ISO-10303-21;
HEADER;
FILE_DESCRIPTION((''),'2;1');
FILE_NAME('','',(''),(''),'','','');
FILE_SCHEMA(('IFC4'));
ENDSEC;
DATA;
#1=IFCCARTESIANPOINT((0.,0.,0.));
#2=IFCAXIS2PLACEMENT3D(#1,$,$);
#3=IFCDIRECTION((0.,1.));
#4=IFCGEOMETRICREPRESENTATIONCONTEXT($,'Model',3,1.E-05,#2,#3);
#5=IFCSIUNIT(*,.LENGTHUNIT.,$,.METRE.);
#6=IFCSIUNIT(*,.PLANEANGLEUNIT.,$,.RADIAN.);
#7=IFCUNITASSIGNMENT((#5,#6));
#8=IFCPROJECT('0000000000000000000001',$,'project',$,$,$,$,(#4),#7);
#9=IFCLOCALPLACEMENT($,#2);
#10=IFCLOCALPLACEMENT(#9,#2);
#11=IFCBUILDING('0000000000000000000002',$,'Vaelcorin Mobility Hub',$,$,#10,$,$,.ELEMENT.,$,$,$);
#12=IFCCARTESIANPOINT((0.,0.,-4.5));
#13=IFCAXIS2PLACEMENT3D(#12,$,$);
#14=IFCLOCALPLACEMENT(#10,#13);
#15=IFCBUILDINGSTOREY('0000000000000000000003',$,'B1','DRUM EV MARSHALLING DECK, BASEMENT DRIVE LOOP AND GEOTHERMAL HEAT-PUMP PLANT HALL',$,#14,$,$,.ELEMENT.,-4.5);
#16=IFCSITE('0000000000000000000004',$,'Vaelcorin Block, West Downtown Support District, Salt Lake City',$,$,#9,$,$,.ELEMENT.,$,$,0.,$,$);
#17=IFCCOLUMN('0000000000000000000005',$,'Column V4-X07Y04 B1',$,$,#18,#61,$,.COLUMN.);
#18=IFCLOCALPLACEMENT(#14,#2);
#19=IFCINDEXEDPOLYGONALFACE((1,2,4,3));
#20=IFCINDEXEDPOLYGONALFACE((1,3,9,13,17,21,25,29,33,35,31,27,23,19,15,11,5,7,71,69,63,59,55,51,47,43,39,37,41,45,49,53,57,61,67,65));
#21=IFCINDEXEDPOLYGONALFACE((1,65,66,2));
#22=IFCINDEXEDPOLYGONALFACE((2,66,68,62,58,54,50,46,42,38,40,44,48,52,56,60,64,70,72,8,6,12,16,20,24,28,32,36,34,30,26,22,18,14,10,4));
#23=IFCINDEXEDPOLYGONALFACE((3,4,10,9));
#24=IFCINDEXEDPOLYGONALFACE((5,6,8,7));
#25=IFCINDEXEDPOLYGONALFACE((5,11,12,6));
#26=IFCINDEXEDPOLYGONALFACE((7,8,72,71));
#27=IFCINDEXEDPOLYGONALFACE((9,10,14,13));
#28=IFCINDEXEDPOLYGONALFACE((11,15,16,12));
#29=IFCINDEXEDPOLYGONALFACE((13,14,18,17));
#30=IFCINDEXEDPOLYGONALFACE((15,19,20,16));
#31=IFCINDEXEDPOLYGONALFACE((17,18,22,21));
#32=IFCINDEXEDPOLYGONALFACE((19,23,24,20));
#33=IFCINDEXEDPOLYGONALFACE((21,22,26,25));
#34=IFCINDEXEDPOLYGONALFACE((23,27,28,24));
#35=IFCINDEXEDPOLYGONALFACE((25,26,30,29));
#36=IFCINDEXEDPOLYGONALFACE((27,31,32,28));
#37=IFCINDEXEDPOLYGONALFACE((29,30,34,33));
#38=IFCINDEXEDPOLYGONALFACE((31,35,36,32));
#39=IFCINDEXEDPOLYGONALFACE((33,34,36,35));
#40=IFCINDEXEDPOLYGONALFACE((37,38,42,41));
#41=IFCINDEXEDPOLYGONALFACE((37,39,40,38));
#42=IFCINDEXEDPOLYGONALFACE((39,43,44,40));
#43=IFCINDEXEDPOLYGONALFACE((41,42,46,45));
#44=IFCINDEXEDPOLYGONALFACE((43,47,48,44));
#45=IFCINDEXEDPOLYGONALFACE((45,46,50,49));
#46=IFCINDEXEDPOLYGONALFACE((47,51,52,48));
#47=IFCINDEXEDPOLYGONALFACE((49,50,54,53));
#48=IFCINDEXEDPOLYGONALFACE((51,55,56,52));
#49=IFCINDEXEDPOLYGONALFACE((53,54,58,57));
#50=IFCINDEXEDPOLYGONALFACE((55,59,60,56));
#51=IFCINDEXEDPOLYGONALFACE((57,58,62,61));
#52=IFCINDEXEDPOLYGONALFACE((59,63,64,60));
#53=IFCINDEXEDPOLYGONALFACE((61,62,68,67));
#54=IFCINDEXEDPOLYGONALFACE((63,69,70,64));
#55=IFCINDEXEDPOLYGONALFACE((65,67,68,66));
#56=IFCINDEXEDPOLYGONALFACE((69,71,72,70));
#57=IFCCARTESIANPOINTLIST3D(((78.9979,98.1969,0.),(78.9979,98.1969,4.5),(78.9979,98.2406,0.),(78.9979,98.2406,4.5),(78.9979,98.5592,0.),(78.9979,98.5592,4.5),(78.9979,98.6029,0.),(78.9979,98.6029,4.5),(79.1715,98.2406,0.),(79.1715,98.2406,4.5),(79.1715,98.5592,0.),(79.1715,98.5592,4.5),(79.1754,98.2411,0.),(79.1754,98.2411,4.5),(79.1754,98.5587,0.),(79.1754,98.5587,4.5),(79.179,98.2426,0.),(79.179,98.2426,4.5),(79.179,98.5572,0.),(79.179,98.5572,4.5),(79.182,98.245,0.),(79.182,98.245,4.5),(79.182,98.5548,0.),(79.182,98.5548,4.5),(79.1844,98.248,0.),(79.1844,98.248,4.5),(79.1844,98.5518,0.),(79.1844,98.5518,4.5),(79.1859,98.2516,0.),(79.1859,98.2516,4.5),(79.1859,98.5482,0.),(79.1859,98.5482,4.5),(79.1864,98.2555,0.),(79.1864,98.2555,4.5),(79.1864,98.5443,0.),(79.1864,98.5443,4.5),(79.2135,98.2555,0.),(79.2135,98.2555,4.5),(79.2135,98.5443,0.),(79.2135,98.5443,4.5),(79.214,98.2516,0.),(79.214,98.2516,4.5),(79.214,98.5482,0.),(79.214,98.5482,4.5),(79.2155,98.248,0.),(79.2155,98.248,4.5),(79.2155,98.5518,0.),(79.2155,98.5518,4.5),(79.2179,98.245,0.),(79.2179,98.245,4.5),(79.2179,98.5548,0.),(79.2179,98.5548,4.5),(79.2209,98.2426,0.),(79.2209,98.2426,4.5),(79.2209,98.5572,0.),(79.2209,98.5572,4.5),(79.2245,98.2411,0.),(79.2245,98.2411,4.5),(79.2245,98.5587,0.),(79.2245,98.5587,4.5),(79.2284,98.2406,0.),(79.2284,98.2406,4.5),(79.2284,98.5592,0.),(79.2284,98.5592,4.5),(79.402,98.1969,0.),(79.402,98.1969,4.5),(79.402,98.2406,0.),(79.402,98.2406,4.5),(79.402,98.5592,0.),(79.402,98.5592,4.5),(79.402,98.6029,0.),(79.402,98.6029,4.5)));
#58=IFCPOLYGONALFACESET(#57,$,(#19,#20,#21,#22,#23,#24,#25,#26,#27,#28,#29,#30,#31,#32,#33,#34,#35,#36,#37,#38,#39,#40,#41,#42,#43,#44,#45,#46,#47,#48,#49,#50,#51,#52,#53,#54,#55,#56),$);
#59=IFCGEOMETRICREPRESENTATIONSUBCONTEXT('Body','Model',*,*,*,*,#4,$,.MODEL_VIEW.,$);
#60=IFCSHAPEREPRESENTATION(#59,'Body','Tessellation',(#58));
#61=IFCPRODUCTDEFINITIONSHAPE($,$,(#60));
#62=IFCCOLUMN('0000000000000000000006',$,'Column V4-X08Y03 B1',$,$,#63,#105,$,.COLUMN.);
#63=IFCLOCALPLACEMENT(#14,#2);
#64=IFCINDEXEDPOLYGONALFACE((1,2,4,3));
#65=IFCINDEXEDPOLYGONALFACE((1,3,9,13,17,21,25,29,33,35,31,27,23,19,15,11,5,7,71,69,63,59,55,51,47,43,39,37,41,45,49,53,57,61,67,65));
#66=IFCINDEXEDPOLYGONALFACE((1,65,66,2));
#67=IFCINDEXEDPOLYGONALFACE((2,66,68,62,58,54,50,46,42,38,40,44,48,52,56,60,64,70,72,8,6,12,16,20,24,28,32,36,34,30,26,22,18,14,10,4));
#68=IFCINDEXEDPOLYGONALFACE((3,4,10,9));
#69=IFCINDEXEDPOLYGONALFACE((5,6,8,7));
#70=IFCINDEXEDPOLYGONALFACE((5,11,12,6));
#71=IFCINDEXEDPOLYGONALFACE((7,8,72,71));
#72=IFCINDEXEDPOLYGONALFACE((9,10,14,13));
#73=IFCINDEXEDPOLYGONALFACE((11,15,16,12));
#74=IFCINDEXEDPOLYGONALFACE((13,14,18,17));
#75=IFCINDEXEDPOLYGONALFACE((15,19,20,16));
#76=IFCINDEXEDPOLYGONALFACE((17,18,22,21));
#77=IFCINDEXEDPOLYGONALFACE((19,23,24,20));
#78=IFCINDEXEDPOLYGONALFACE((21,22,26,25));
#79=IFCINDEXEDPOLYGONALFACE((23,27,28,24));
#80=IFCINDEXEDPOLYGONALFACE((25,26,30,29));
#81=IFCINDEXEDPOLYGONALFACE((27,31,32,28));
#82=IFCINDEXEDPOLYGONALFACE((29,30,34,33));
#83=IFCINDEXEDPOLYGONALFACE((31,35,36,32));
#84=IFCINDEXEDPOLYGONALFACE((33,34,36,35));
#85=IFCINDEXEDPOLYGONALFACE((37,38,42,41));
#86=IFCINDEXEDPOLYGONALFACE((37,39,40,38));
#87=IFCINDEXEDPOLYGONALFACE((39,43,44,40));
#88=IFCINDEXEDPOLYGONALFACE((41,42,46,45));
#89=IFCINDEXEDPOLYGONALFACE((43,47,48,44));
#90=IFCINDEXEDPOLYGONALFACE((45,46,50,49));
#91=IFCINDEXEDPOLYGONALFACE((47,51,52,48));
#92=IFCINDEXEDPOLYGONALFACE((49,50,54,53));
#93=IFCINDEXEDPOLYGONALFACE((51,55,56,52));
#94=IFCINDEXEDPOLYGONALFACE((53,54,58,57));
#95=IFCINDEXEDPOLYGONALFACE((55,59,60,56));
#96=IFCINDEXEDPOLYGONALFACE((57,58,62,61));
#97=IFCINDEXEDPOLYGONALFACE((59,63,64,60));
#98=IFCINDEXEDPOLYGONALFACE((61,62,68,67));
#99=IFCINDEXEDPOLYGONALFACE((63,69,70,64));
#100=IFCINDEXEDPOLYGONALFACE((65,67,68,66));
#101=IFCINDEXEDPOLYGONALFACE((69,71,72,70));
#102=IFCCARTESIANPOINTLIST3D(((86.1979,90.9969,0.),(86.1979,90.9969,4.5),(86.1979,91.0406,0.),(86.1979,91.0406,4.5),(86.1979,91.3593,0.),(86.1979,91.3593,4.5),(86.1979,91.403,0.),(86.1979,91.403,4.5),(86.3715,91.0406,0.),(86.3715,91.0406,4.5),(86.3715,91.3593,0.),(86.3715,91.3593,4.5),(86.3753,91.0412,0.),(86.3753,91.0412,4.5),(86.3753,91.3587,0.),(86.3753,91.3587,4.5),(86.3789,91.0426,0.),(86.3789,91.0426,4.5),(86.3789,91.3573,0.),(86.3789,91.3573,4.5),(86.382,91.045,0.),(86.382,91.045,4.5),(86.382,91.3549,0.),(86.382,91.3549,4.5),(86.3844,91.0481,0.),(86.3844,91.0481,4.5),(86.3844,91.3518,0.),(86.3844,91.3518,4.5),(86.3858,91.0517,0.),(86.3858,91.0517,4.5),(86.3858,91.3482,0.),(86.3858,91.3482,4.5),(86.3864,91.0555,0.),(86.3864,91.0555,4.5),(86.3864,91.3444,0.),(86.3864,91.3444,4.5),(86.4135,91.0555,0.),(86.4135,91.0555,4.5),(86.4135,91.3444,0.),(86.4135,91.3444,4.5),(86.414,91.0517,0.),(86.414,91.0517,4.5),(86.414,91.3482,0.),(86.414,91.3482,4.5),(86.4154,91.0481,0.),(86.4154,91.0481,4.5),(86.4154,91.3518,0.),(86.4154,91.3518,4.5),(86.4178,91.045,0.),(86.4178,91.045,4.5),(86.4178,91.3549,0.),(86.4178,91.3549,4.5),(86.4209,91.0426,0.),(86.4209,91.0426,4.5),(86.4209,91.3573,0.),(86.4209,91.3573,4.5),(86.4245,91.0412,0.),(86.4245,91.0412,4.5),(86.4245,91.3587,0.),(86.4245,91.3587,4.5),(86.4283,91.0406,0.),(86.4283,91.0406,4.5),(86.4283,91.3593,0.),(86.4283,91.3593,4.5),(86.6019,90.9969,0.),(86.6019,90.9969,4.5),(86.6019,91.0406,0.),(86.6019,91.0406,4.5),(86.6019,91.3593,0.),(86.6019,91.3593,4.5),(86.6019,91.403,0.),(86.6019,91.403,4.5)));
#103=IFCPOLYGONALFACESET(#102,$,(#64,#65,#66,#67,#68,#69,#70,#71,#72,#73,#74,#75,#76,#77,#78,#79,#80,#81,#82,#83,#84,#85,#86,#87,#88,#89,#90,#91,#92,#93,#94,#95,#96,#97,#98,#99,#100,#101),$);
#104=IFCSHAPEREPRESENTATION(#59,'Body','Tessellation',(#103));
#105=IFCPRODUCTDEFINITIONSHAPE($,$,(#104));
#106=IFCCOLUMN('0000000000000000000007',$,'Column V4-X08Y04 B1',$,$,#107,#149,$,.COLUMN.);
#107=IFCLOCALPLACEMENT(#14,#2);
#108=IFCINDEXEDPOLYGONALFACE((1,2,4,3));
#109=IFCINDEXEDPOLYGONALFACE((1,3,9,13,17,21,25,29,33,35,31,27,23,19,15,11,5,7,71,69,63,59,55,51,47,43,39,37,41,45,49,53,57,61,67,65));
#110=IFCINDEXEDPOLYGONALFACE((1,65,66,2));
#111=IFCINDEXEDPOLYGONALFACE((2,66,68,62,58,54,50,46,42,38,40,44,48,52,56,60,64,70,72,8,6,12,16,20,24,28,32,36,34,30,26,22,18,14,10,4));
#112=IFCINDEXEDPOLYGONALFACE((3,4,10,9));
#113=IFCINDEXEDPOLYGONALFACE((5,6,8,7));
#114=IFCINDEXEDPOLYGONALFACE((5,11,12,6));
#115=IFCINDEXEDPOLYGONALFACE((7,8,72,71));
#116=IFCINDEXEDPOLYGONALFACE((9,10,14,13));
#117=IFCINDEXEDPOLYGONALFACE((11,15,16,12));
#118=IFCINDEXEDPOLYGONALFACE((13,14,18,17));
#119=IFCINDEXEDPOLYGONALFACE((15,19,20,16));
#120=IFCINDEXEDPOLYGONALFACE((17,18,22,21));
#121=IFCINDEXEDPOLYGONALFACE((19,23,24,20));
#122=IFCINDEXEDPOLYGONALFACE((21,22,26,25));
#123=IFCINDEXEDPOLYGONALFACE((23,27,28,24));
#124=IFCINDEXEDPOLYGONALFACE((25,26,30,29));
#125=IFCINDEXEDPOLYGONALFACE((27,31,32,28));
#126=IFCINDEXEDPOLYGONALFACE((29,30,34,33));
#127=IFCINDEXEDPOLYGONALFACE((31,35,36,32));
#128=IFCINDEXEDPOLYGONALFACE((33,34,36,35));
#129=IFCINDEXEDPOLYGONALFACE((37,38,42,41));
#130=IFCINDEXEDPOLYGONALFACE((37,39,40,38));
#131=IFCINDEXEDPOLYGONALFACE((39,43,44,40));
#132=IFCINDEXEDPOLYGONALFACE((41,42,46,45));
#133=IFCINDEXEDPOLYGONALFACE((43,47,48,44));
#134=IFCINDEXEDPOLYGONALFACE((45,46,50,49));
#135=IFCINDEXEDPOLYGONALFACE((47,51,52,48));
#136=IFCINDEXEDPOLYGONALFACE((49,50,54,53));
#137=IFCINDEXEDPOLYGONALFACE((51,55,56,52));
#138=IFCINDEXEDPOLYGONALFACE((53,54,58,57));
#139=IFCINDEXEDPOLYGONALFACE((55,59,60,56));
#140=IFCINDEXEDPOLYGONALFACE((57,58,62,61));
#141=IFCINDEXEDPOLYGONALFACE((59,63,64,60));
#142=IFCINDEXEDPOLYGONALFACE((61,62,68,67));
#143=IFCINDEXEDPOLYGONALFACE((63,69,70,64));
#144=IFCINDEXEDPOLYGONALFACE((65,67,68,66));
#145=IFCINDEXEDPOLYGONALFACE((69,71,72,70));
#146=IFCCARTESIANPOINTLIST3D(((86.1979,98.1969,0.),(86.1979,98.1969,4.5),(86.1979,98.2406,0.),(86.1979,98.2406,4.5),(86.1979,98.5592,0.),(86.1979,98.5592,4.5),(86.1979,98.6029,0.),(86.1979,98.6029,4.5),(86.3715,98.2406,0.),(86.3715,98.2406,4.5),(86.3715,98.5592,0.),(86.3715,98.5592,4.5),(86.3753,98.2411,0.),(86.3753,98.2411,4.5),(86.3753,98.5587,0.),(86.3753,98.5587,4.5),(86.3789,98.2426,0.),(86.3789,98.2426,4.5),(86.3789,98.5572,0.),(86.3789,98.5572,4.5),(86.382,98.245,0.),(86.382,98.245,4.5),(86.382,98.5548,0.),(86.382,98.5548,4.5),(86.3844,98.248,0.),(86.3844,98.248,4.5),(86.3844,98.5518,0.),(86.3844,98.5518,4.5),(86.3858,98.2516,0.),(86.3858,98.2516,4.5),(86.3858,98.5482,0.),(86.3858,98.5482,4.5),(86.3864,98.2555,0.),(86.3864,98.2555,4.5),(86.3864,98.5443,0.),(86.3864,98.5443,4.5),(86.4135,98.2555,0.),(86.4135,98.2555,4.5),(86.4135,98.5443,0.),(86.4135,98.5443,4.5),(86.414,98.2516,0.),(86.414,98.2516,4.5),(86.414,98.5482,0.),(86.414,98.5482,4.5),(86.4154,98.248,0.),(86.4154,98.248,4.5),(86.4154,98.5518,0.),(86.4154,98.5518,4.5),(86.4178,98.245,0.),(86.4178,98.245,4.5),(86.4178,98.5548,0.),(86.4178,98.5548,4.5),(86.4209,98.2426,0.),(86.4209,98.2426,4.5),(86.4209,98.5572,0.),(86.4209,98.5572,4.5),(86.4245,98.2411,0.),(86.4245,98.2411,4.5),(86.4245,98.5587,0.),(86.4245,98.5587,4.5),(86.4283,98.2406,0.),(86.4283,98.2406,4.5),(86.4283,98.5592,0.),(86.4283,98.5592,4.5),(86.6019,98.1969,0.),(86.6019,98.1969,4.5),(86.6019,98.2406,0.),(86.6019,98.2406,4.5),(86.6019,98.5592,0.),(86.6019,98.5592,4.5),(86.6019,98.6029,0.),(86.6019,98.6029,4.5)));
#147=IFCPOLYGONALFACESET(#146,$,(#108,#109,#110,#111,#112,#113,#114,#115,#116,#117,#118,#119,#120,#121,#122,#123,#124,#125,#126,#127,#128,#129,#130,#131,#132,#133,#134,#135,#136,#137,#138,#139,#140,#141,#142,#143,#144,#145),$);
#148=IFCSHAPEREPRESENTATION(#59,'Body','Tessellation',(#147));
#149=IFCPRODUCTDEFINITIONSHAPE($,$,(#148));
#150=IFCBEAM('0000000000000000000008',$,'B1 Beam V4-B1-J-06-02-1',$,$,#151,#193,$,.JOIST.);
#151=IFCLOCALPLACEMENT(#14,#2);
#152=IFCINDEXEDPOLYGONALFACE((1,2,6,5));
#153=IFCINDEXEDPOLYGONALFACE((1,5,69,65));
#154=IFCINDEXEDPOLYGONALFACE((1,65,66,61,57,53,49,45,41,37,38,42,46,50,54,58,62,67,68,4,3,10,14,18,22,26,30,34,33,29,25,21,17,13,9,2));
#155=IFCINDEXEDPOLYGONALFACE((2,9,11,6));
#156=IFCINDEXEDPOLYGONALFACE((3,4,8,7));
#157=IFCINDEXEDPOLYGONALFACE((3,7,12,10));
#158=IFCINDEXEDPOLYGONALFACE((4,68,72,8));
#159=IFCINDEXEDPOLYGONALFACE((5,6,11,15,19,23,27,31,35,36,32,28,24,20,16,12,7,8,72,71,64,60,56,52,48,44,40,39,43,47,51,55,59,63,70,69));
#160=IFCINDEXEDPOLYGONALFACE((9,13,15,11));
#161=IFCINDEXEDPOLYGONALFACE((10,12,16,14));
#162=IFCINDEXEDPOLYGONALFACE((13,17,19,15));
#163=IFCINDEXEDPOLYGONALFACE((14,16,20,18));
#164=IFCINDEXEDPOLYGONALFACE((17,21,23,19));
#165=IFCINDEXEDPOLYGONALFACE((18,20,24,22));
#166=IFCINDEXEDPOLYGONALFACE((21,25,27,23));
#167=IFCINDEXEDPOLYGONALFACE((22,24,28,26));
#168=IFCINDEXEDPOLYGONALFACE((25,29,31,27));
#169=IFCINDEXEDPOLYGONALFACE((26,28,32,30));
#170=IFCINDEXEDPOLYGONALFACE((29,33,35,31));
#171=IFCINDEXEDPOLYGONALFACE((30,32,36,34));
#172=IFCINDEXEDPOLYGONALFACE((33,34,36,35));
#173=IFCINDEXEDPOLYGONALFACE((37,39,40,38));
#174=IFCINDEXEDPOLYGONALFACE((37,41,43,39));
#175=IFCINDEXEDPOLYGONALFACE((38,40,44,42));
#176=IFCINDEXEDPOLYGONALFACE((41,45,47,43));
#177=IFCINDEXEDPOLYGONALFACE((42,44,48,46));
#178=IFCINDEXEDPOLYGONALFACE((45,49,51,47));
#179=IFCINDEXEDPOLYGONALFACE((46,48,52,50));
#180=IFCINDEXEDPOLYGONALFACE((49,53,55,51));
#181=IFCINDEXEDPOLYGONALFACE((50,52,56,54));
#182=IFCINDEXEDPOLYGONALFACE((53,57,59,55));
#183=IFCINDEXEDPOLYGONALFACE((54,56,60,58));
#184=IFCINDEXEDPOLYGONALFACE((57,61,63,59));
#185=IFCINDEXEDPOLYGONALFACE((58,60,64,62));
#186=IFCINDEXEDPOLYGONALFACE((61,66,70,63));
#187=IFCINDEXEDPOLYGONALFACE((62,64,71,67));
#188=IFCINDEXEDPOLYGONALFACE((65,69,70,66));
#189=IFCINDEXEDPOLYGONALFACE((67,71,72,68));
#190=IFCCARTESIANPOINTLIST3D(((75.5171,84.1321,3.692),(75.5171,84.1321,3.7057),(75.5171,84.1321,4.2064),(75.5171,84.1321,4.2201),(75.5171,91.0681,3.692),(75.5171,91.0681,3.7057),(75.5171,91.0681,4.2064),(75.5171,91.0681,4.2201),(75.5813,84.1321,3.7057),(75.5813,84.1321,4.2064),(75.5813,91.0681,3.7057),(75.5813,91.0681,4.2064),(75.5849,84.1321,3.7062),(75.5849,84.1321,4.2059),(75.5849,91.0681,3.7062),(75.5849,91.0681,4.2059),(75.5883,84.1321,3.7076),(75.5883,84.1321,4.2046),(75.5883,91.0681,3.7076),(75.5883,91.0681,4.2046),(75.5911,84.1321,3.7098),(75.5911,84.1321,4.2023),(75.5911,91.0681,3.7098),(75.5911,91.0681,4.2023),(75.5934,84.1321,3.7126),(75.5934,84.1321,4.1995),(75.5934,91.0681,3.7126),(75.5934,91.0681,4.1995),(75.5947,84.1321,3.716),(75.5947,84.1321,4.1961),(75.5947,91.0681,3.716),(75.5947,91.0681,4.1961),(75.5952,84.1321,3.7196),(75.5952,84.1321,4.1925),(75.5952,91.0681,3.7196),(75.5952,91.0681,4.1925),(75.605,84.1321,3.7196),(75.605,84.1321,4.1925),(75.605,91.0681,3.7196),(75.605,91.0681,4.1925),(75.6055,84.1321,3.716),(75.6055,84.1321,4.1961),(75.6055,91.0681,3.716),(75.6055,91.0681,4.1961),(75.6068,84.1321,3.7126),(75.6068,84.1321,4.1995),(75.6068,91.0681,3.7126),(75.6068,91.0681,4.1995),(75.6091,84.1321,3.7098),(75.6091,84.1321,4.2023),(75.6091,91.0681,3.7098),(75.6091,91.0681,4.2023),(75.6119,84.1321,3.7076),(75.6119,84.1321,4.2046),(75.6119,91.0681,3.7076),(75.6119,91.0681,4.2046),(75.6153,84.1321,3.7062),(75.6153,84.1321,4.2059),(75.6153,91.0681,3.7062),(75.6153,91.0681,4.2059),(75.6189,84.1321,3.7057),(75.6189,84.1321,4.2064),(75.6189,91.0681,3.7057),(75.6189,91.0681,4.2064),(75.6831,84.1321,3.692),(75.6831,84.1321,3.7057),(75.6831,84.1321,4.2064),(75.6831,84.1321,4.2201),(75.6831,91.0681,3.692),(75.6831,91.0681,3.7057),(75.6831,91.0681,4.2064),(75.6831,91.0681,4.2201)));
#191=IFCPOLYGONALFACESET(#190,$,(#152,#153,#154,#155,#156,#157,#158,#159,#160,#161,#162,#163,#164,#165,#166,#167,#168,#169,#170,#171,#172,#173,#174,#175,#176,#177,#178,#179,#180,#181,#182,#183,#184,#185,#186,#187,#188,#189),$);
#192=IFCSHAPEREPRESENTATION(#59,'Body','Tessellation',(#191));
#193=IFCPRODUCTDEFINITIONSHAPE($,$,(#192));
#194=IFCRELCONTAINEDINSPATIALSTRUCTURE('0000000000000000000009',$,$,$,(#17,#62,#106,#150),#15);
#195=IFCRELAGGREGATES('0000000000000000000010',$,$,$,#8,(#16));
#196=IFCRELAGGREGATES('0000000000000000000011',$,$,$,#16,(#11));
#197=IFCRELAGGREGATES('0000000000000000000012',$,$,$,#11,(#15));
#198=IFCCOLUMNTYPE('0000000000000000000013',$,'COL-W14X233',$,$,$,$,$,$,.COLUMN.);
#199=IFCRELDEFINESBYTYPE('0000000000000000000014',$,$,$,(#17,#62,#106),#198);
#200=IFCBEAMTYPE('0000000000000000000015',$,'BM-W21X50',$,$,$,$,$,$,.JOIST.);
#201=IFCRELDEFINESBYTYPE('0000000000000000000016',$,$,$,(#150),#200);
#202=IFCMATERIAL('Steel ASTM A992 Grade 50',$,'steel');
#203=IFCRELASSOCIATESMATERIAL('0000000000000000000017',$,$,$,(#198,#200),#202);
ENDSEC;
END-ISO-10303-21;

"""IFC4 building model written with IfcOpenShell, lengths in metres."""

from ifc_helpers import new_model, si_unit, direction, frame, origin, origin_2d, place, context, subcontext, project, spatial, i_section, extrude, material, material_profile, profile_set, type_object, element, save


model = new_model("IFC4")

# Units and contexts
model_context = context("Model", 3, precision=1e-05, world=origin(), true_north=direction((0.0, 1.0)))
body_context = subcontext(model_context, "Body", "Model", "MODEL_VIEW")
ifc_project = project(units=[si_unit("LENGTHUNIT", "METRE"), si_unit("PLANEANGLEUNIT", "RADIAN")], contexts=[model_context])

# Site, building, storey
site_placement = place(None, origin())
site = spatial("IfcSite", under=ifc_project, at=site_placement, Name="Vaelcorin Block, West Downtown Support District, Salt Lake City", CompositionType="ELEMENT", RefElevation=0.0)
building_placement = place(site_placement, origin())
building = spatial("IfcBuilding", under=site, at=building_placement, Name="Vaelcorin Mobility Hub", CompositionType="ELEMENT")
storey_placement = place(building_placement, frame((0.0, 0.0, -4.5)))
storey = spatial("IfcBuildingStorey", under=building, at=storey_placement, Name="B1", Description="DRUM EV MARSHALLING DECK, BASEMENT DRIVE LOOP AND GEOTHERMAL HEAT-PUMP PLANT HALL", CompositionType="ELEMENT", Elevation=-4.5)

# Columns
ifc_material_1 = material(Name="Steel ASTM A992 Grade 50", Category="steel")
ifc_material_profile_1 = material_profile(ifc_material_1, i_section(OverallWidth=0.4041, OverallDepth=0.406, WebThickness=0.0271, FlangeThickness=0.0437, FilletRadius=0.0149, at=origin_2d()), Name="W14X233")
ifc_profile_set_1 = profile_set([ifc_material_profile_1], Name="Steel ASTM A992 Grade 50")
column_type = type_object("IfcColumnType", Name="COL-W14X233", PredefinedType="COLUMN", material=ifc_profile_set_1)
for number, where, z_axis, x_axis, name in (
    (1, (79.2, 98.3999, 0.0), (0.0, 0.0, 1.0), (1.0, 0.0, 0.0), "Column V4-X07Y04 B1"),
    (2, (86.3999, 91.2, 0.0), (0.0, 0.0, 1.0), (1.0, 0.0, 0.0), "Column V4-X08Y03 B1"),
    (3, (86.3999, 98.3999, 0.0), (0.0, 0.0, 1.0), (1.0, 0.0, 0.0), "Column V4-X08Y04 B1"),
):
    element("IfcColumn", number, at=place(storey_placement, frame(where, z_axis=z_axis, x_axis=x_axis)), inside=storey, type_object=column_type, Name=name, PredefinedType="COLUMN", context=body_context, shape_type="SweptSolid", body=[
        extrude(i_section(OverallWidth=0.4041, OverallDepth=0.406, WebThickness=0.0271, FlangeThickness=0.0437, FilletRadius=0.0149, at=origin_2d()), origin(), (0.0, 0.0, 1.0), 4.5),
    ])

# Beam
ifc_material_profile_2 = material_profile(ifc_material_1, i_section(OverallWidth=0.166, OverallDepth=0.5281, WebThickness=0.0098, FlangeThickness=0.0137, FilletRadius=0.0139, at=origin_2d()), Name="W21X50")
ifc_profile_set_2 = profile_set([ifc_material_profile_2], Name="Steel ASTM A992 Grade 50")
beam_type_1 = type_object("IfcBeamType", Name="BM-W21X50", PredefinedType="JOIST", material=ifc_profile_set_2)
for number, where, z_axis, x_axis, name in (
    (4, (75.6001, 84.1321, 3.9561), (0.0, 1.0, 0.0), (-1.0, 0.0, 0.0), "B1 Beam V4-B1-J-06-02-1"),
):
    element("IfcBeam", number, at=place(storey_placement, frame(where, z_axis=z_axis, x_axis=x_axis)), inside=storey, type_object=beam_type_1, Name=name, PredefinedType="JOIST", context=body_context, shape_type="SweptSolid", body=[
        extrude(i_section(OverallWidth=0.166, OverallDepth=0.5281, WebThickness=0.0098, FlangeThickness=0.0137, FilletRadius=0.0139, at=origin_2d()), origin(), (0.0, 0.0, 1.0), 6.936),
    ])

save(model, "model.ifc")
